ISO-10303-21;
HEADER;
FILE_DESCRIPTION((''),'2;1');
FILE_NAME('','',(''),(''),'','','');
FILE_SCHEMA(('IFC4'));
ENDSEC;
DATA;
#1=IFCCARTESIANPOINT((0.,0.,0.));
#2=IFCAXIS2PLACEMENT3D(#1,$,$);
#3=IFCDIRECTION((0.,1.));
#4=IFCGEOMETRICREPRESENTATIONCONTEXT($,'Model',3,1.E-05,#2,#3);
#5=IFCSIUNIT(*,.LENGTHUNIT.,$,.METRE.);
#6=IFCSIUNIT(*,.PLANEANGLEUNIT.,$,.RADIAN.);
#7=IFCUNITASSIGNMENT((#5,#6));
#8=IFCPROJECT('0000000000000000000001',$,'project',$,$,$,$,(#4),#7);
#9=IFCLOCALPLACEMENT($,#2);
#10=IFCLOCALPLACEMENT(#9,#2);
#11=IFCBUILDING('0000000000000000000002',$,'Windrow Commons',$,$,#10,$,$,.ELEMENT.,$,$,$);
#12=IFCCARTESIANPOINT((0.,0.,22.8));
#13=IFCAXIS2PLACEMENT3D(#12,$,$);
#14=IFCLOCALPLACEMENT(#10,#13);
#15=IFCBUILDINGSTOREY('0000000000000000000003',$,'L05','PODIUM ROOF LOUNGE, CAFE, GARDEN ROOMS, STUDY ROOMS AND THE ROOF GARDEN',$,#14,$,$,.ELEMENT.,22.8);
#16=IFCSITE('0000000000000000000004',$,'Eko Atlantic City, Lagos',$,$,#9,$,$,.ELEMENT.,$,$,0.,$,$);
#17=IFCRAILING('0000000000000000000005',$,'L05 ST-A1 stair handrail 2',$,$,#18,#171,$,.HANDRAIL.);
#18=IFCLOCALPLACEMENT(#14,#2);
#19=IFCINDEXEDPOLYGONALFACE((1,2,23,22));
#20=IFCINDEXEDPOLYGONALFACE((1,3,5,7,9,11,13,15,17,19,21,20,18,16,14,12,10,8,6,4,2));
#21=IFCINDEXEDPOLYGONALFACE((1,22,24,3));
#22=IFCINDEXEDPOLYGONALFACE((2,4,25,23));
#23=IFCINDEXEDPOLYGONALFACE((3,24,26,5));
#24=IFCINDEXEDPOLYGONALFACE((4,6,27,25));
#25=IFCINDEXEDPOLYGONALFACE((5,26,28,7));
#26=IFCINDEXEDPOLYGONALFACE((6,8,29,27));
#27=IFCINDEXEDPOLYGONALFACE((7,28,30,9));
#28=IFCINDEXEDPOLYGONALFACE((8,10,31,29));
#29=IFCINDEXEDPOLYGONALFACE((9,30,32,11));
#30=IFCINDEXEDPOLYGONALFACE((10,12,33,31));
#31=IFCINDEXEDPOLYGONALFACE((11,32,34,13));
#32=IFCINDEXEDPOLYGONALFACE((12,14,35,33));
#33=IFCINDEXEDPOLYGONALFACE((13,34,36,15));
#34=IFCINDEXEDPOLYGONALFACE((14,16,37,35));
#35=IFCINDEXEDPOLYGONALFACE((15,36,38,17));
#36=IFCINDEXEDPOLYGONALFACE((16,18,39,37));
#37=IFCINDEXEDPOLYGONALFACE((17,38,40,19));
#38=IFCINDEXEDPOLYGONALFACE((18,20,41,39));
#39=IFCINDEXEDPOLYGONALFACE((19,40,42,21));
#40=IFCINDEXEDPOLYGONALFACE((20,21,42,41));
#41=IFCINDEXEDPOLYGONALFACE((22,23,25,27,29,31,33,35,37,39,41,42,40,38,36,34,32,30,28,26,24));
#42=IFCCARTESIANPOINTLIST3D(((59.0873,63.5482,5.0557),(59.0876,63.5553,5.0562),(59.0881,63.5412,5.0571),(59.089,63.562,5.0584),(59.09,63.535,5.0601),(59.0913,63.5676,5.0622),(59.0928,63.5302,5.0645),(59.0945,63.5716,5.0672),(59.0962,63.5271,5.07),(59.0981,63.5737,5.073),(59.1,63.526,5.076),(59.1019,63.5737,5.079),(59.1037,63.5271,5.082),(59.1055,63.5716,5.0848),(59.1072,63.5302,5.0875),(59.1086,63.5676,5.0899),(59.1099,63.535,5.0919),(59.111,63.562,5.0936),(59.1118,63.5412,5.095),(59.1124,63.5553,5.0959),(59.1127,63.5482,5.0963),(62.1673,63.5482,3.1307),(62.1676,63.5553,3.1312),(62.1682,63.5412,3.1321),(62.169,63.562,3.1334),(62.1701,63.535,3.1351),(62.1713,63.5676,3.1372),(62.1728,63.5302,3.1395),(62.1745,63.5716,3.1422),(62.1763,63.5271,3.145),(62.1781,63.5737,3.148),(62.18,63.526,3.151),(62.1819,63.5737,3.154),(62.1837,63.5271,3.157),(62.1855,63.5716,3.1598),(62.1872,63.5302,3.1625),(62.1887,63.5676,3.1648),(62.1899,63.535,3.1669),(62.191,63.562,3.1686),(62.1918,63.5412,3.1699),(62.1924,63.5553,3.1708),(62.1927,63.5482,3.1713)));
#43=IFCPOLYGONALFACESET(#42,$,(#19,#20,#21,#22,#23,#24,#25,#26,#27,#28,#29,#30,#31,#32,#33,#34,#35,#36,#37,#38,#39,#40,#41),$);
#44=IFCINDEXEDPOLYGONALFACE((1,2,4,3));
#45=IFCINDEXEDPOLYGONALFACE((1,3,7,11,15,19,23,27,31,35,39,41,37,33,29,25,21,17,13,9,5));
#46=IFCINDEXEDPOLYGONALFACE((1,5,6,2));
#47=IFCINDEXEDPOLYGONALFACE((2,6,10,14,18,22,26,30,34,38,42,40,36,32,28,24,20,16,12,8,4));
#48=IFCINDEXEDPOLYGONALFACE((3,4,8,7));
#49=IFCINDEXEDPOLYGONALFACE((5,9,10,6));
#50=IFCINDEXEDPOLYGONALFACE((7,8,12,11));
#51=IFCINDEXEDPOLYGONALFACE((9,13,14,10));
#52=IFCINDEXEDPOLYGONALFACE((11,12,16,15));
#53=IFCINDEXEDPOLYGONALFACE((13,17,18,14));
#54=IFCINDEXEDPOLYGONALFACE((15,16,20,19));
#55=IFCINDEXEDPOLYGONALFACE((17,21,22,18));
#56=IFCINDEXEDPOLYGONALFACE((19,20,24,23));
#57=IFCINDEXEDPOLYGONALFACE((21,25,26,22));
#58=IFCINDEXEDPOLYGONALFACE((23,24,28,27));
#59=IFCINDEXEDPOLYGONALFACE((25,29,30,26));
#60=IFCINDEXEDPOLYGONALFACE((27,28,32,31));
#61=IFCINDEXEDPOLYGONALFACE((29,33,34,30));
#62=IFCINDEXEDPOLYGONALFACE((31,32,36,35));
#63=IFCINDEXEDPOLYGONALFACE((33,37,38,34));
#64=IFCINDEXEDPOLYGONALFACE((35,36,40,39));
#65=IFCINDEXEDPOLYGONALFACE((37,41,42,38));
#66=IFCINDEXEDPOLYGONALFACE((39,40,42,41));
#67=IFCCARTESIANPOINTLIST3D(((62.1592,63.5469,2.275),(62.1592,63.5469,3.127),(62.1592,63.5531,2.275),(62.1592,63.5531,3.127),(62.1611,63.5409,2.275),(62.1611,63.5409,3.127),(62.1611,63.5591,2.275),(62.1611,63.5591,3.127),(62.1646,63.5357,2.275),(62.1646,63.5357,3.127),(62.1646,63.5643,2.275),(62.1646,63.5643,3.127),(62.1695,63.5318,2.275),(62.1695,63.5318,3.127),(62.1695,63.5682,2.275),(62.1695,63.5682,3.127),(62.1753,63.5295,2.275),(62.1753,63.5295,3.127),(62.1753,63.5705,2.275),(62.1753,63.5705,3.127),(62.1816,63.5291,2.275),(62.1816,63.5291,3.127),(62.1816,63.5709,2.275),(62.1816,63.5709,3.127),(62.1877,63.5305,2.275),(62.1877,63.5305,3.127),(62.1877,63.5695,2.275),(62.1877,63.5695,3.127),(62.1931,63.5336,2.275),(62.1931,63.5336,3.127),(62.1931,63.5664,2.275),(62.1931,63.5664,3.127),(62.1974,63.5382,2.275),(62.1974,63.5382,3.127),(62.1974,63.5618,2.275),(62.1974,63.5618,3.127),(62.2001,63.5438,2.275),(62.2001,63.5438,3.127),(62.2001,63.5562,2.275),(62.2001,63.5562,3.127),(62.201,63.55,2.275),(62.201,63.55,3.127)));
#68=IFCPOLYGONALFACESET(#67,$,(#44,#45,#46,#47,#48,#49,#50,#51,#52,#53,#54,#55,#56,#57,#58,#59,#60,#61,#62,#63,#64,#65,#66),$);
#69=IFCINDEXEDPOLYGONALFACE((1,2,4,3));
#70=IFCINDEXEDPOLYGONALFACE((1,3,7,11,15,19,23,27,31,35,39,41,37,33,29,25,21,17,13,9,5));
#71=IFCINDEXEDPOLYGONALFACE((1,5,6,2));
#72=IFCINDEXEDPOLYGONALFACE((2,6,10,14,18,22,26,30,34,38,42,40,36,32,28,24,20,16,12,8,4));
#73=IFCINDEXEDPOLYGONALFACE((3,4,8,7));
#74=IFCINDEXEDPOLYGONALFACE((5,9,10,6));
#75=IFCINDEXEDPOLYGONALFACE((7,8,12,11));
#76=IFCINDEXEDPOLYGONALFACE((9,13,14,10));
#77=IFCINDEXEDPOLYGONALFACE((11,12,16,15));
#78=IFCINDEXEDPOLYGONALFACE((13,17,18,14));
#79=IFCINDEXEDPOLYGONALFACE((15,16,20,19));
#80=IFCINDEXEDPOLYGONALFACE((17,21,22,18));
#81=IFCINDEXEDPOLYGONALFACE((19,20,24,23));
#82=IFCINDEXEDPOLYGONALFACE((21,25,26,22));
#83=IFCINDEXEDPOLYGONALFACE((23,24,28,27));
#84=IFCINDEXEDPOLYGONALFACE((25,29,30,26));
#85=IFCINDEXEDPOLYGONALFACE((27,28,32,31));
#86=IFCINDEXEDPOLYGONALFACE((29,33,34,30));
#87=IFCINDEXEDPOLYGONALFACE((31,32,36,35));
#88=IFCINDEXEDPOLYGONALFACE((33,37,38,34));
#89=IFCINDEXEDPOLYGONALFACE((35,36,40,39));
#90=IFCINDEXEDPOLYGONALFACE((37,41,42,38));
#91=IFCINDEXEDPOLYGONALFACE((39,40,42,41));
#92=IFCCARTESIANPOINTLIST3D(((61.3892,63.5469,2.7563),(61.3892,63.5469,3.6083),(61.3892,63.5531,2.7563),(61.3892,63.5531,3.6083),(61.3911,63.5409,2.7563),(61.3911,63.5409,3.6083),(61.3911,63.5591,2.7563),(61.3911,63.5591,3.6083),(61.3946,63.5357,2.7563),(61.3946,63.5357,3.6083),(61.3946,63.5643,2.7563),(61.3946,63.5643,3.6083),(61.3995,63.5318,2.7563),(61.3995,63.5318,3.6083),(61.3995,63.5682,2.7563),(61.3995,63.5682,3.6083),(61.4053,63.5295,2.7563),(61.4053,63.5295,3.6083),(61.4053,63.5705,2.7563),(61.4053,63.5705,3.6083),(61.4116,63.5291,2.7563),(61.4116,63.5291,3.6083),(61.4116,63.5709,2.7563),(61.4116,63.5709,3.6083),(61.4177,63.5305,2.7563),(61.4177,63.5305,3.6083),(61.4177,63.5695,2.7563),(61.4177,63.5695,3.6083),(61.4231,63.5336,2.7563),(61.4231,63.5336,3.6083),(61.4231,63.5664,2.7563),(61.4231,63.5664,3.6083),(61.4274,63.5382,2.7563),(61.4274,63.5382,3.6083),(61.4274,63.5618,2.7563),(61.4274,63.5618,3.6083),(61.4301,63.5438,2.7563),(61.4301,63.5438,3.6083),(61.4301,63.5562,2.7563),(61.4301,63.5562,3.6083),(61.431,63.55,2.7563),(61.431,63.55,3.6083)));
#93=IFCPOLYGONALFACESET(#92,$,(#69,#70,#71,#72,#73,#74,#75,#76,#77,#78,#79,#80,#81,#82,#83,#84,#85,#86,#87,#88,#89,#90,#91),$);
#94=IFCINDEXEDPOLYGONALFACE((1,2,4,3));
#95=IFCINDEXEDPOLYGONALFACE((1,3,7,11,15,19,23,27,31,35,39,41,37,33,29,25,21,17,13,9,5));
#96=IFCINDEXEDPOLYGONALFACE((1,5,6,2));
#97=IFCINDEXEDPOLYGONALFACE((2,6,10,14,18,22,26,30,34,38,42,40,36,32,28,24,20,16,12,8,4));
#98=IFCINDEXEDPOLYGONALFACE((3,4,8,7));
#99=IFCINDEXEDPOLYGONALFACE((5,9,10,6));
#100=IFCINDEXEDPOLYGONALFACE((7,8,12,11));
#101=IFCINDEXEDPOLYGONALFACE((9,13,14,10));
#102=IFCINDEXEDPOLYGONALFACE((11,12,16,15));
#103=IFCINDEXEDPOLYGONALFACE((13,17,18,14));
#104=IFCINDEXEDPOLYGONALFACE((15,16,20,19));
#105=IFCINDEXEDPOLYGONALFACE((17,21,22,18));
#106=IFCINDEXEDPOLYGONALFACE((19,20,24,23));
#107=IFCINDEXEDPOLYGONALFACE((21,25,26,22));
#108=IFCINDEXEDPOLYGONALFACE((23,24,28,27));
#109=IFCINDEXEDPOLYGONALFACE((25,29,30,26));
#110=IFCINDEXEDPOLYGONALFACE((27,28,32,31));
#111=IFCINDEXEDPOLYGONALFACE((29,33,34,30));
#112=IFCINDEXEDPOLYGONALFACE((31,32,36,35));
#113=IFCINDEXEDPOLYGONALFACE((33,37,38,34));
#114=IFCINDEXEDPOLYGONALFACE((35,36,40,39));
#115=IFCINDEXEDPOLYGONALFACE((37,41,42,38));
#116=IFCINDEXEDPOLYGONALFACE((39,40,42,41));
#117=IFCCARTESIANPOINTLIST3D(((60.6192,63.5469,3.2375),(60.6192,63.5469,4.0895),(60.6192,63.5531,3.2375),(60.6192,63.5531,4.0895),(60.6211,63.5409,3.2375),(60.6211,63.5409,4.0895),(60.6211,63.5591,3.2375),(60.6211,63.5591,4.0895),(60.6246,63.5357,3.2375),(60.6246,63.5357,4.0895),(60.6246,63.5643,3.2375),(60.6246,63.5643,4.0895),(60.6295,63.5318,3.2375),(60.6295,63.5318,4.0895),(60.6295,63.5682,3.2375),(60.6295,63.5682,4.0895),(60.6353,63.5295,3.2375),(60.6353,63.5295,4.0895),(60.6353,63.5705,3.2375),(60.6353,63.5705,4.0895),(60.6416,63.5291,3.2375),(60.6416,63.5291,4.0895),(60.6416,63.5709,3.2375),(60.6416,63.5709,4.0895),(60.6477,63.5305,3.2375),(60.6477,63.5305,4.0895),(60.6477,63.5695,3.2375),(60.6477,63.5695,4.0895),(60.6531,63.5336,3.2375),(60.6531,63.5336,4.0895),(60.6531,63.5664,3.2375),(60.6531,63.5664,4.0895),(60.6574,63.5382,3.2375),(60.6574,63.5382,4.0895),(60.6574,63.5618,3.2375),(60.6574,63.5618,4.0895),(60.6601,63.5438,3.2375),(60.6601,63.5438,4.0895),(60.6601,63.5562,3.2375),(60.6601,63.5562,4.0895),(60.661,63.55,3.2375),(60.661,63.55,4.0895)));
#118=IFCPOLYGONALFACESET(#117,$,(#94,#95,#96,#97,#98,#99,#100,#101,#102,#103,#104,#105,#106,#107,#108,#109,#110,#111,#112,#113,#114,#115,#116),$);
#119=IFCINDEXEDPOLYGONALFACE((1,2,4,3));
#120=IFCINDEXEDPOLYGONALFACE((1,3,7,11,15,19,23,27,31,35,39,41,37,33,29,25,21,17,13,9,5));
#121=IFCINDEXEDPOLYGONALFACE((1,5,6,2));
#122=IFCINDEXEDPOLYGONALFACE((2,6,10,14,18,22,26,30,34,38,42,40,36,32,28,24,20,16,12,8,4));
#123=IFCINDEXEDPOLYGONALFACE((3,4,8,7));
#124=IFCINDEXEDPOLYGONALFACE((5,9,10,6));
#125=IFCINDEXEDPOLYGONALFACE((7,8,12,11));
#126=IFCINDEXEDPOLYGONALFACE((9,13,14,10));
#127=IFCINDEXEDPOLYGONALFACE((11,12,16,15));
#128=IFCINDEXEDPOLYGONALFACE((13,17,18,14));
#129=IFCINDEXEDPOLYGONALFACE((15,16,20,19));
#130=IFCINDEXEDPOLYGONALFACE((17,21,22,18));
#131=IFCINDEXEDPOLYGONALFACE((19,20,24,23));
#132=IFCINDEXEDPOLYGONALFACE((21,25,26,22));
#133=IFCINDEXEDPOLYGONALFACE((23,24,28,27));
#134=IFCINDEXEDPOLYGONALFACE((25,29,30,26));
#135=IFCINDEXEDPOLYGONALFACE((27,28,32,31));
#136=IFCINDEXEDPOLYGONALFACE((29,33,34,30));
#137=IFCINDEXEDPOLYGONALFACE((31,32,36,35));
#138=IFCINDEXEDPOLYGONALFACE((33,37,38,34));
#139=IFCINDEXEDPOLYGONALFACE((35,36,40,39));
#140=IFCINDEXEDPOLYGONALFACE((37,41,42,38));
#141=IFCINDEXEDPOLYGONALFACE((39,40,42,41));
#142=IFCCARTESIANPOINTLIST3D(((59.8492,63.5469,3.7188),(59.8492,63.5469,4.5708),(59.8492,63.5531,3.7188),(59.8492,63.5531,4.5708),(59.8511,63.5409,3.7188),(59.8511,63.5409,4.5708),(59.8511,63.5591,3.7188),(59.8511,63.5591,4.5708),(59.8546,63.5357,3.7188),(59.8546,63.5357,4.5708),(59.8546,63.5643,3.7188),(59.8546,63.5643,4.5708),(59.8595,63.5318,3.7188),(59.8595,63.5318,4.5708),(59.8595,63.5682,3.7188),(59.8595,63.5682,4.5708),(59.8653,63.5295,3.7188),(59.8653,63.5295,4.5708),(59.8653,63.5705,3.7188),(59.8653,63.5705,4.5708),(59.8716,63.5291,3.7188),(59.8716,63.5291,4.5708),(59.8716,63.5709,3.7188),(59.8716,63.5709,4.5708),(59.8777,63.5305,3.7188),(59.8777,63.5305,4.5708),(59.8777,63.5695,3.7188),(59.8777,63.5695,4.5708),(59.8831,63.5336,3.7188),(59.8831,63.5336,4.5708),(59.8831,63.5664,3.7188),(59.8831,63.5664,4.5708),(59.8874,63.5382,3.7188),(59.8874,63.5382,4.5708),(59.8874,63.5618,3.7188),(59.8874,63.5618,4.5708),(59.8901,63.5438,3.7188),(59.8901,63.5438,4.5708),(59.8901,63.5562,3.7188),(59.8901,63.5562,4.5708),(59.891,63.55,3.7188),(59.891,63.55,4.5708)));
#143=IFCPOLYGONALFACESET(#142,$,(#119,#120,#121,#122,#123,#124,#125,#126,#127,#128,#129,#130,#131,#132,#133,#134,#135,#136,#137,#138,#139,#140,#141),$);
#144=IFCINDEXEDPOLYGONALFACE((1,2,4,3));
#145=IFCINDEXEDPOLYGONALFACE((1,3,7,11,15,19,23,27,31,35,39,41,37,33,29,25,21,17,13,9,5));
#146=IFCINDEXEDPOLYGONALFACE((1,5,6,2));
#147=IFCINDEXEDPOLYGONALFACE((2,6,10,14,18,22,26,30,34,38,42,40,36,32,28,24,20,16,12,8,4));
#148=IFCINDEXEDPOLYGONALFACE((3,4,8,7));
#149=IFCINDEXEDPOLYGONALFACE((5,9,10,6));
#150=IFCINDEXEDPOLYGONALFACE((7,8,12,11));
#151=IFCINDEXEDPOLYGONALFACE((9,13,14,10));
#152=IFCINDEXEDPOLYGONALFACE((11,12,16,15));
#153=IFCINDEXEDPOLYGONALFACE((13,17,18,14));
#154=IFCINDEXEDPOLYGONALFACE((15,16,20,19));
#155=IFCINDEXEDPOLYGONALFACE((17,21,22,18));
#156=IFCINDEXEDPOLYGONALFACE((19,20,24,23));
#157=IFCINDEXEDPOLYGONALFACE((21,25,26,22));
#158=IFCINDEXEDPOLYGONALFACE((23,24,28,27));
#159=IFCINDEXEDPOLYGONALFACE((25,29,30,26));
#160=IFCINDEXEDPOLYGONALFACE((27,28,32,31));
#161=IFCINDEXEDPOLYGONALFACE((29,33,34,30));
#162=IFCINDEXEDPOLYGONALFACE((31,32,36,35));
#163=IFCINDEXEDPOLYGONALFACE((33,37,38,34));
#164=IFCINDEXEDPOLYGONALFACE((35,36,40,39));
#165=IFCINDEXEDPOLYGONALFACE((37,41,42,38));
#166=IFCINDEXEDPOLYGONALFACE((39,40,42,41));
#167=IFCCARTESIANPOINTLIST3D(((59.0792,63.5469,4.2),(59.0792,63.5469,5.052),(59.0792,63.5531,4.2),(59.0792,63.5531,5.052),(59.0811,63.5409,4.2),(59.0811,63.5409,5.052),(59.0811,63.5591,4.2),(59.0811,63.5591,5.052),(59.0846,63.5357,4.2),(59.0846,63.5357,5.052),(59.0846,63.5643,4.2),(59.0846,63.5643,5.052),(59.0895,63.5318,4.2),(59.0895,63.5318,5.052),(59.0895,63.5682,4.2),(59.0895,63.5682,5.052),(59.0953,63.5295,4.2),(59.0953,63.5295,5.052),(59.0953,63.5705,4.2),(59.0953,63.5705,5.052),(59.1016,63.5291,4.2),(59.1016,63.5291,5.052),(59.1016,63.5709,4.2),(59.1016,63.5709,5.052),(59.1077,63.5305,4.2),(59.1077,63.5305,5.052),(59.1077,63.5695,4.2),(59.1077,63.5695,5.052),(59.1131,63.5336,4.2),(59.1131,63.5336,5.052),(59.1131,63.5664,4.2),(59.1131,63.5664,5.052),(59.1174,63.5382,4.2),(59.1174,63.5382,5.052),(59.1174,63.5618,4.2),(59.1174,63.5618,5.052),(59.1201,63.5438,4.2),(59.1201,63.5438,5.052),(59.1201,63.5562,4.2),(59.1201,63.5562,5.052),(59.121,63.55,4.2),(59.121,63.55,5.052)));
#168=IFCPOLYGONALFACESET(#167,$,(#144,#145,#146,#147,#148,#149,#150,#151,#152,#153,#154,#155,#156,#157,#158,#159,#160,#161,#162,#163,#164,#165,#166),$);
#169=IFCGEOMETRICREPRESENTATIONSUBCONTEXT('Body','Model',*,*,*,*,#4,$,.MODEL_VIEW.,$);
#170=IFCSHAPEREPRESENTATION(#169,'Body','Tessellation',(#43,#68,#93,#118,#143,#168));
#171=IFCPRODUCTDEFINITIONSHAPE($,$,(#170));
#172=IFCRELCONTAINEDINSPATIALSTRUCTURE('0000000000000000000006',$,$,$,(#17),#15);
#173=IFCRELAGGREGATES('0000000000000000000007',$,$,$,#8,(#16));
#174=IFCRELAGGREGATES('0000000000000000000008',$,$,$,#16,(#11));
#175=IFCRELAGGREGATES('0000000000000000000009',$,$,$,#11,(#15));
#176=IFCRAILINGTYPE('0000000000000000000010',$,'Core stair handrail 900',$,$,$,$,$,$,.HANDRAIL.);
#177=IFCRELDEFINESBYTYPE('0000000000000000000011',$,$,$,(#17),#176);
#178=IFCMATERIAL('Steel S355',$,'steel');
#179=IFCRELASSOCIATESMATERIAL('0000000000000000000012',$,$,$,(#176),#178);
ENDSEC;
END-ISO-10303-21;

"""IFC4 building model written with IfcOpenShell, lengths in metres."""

from ifc_helpers import new_model, si_unit, direction, frame, origin, origin_2d, place, context, subcontext, project, spatial, circle, extrude, material, type_object, element, save


model = new_model("IFC4")

# Units and contexts
model_context = context("Model", 3, precision=1e-05, world=origin(), true_north=direction((0.0, 1.0)))
body_context = subcontext(model_context, "Body", "Model", "MODEL_VIEW")
ifc_project = project(units=[si_unit("LENGTHUNIT", "METRE"), si_unit("PLANEANGLEUNIT", "RADIAN")], contexts=[model_context])

# Site, building, storey
site_placement = place(None, origin())
site = spatial("IfcSite", under=ifc_project, at=site_placement, Name="Eko Atlantic City, Lagos", CompositionType="ELEMENT", RefElevation=0.0)
building_placement = place(site_placement, origin())
building = spatial("IfcBuilding", under=site, at=building_placement, Name="Windrow Commons", CompositionType="ELEMENT")
storey_placement = place(building_placement, frame((0.0, 0.0, 22.8)))
storey = spatial("IfcBuildingStorey", under=building, at=storey_placement, Name="L05", Description="PODIUM ROOF LOUNGE, CAFE, GARDEN ROOMS, STUDY ROOMS AND THE ROOF GARDEN", CompositionType="ELEMENT", Elevation=22.8)

# Railing
ifc_material_1 = material(Name="Steel S355", Category="steel")
railing_type_1 = type_object("IfcRailingType", Name="Core stair handrail 900", PredefinedType="HANDRAIL", material=ifc_material_1)
railing_1_placement = place(storey_placement, frame((62.18, 63.55, 2.275)))
element("IfcRailing", 1, at=railing_1_placement, inside=storey, type_object=railing_type_1, Name="L05 ST-A1 stair handrail 2", PredefinedType="HANDRAIL", context=body_context, shape_type="SweptSolid", body=[
    extrude(circle(Radius=0.024, at=origin_2d()), frame((0.0, 0.0, 0.876), z_axis=(-0.847998, 0.0, 0.529999), x_axis=(0.0, -1.0, 0.0)), (0.0, 0.0, 1.0), 3.6321),
    extrude(circle(Radius=0.021, at=origin_2d()), origin(), (0.0, 0.0, 1.0), 0.852),
    extrude(circle(Radius=0.021, at=origin_2d()), frame((-0.77, 0.0, 0.4813)), (0.0, 0.0, 1.0), 0.852),
    extrude(circle(Radius=0.021, at=origin_2d()), frame((-1.54, 0.0, 0.9625)), (0.0, 0.0, 1.0), 0.852),
    extrude(circle(Radius=0.021, at=origin_2d()), frame((-2.31, 0.0, 1.4438)), (0.0, 0.0, 1.0), 0.852),
    extrude(circle(Radius=0.021, at=origin_2d()), frame((-3.08, 0.0, 1.925)), (0.0, 0.0, 1.0), 0.852),
])

save(model, "model.ifc")
